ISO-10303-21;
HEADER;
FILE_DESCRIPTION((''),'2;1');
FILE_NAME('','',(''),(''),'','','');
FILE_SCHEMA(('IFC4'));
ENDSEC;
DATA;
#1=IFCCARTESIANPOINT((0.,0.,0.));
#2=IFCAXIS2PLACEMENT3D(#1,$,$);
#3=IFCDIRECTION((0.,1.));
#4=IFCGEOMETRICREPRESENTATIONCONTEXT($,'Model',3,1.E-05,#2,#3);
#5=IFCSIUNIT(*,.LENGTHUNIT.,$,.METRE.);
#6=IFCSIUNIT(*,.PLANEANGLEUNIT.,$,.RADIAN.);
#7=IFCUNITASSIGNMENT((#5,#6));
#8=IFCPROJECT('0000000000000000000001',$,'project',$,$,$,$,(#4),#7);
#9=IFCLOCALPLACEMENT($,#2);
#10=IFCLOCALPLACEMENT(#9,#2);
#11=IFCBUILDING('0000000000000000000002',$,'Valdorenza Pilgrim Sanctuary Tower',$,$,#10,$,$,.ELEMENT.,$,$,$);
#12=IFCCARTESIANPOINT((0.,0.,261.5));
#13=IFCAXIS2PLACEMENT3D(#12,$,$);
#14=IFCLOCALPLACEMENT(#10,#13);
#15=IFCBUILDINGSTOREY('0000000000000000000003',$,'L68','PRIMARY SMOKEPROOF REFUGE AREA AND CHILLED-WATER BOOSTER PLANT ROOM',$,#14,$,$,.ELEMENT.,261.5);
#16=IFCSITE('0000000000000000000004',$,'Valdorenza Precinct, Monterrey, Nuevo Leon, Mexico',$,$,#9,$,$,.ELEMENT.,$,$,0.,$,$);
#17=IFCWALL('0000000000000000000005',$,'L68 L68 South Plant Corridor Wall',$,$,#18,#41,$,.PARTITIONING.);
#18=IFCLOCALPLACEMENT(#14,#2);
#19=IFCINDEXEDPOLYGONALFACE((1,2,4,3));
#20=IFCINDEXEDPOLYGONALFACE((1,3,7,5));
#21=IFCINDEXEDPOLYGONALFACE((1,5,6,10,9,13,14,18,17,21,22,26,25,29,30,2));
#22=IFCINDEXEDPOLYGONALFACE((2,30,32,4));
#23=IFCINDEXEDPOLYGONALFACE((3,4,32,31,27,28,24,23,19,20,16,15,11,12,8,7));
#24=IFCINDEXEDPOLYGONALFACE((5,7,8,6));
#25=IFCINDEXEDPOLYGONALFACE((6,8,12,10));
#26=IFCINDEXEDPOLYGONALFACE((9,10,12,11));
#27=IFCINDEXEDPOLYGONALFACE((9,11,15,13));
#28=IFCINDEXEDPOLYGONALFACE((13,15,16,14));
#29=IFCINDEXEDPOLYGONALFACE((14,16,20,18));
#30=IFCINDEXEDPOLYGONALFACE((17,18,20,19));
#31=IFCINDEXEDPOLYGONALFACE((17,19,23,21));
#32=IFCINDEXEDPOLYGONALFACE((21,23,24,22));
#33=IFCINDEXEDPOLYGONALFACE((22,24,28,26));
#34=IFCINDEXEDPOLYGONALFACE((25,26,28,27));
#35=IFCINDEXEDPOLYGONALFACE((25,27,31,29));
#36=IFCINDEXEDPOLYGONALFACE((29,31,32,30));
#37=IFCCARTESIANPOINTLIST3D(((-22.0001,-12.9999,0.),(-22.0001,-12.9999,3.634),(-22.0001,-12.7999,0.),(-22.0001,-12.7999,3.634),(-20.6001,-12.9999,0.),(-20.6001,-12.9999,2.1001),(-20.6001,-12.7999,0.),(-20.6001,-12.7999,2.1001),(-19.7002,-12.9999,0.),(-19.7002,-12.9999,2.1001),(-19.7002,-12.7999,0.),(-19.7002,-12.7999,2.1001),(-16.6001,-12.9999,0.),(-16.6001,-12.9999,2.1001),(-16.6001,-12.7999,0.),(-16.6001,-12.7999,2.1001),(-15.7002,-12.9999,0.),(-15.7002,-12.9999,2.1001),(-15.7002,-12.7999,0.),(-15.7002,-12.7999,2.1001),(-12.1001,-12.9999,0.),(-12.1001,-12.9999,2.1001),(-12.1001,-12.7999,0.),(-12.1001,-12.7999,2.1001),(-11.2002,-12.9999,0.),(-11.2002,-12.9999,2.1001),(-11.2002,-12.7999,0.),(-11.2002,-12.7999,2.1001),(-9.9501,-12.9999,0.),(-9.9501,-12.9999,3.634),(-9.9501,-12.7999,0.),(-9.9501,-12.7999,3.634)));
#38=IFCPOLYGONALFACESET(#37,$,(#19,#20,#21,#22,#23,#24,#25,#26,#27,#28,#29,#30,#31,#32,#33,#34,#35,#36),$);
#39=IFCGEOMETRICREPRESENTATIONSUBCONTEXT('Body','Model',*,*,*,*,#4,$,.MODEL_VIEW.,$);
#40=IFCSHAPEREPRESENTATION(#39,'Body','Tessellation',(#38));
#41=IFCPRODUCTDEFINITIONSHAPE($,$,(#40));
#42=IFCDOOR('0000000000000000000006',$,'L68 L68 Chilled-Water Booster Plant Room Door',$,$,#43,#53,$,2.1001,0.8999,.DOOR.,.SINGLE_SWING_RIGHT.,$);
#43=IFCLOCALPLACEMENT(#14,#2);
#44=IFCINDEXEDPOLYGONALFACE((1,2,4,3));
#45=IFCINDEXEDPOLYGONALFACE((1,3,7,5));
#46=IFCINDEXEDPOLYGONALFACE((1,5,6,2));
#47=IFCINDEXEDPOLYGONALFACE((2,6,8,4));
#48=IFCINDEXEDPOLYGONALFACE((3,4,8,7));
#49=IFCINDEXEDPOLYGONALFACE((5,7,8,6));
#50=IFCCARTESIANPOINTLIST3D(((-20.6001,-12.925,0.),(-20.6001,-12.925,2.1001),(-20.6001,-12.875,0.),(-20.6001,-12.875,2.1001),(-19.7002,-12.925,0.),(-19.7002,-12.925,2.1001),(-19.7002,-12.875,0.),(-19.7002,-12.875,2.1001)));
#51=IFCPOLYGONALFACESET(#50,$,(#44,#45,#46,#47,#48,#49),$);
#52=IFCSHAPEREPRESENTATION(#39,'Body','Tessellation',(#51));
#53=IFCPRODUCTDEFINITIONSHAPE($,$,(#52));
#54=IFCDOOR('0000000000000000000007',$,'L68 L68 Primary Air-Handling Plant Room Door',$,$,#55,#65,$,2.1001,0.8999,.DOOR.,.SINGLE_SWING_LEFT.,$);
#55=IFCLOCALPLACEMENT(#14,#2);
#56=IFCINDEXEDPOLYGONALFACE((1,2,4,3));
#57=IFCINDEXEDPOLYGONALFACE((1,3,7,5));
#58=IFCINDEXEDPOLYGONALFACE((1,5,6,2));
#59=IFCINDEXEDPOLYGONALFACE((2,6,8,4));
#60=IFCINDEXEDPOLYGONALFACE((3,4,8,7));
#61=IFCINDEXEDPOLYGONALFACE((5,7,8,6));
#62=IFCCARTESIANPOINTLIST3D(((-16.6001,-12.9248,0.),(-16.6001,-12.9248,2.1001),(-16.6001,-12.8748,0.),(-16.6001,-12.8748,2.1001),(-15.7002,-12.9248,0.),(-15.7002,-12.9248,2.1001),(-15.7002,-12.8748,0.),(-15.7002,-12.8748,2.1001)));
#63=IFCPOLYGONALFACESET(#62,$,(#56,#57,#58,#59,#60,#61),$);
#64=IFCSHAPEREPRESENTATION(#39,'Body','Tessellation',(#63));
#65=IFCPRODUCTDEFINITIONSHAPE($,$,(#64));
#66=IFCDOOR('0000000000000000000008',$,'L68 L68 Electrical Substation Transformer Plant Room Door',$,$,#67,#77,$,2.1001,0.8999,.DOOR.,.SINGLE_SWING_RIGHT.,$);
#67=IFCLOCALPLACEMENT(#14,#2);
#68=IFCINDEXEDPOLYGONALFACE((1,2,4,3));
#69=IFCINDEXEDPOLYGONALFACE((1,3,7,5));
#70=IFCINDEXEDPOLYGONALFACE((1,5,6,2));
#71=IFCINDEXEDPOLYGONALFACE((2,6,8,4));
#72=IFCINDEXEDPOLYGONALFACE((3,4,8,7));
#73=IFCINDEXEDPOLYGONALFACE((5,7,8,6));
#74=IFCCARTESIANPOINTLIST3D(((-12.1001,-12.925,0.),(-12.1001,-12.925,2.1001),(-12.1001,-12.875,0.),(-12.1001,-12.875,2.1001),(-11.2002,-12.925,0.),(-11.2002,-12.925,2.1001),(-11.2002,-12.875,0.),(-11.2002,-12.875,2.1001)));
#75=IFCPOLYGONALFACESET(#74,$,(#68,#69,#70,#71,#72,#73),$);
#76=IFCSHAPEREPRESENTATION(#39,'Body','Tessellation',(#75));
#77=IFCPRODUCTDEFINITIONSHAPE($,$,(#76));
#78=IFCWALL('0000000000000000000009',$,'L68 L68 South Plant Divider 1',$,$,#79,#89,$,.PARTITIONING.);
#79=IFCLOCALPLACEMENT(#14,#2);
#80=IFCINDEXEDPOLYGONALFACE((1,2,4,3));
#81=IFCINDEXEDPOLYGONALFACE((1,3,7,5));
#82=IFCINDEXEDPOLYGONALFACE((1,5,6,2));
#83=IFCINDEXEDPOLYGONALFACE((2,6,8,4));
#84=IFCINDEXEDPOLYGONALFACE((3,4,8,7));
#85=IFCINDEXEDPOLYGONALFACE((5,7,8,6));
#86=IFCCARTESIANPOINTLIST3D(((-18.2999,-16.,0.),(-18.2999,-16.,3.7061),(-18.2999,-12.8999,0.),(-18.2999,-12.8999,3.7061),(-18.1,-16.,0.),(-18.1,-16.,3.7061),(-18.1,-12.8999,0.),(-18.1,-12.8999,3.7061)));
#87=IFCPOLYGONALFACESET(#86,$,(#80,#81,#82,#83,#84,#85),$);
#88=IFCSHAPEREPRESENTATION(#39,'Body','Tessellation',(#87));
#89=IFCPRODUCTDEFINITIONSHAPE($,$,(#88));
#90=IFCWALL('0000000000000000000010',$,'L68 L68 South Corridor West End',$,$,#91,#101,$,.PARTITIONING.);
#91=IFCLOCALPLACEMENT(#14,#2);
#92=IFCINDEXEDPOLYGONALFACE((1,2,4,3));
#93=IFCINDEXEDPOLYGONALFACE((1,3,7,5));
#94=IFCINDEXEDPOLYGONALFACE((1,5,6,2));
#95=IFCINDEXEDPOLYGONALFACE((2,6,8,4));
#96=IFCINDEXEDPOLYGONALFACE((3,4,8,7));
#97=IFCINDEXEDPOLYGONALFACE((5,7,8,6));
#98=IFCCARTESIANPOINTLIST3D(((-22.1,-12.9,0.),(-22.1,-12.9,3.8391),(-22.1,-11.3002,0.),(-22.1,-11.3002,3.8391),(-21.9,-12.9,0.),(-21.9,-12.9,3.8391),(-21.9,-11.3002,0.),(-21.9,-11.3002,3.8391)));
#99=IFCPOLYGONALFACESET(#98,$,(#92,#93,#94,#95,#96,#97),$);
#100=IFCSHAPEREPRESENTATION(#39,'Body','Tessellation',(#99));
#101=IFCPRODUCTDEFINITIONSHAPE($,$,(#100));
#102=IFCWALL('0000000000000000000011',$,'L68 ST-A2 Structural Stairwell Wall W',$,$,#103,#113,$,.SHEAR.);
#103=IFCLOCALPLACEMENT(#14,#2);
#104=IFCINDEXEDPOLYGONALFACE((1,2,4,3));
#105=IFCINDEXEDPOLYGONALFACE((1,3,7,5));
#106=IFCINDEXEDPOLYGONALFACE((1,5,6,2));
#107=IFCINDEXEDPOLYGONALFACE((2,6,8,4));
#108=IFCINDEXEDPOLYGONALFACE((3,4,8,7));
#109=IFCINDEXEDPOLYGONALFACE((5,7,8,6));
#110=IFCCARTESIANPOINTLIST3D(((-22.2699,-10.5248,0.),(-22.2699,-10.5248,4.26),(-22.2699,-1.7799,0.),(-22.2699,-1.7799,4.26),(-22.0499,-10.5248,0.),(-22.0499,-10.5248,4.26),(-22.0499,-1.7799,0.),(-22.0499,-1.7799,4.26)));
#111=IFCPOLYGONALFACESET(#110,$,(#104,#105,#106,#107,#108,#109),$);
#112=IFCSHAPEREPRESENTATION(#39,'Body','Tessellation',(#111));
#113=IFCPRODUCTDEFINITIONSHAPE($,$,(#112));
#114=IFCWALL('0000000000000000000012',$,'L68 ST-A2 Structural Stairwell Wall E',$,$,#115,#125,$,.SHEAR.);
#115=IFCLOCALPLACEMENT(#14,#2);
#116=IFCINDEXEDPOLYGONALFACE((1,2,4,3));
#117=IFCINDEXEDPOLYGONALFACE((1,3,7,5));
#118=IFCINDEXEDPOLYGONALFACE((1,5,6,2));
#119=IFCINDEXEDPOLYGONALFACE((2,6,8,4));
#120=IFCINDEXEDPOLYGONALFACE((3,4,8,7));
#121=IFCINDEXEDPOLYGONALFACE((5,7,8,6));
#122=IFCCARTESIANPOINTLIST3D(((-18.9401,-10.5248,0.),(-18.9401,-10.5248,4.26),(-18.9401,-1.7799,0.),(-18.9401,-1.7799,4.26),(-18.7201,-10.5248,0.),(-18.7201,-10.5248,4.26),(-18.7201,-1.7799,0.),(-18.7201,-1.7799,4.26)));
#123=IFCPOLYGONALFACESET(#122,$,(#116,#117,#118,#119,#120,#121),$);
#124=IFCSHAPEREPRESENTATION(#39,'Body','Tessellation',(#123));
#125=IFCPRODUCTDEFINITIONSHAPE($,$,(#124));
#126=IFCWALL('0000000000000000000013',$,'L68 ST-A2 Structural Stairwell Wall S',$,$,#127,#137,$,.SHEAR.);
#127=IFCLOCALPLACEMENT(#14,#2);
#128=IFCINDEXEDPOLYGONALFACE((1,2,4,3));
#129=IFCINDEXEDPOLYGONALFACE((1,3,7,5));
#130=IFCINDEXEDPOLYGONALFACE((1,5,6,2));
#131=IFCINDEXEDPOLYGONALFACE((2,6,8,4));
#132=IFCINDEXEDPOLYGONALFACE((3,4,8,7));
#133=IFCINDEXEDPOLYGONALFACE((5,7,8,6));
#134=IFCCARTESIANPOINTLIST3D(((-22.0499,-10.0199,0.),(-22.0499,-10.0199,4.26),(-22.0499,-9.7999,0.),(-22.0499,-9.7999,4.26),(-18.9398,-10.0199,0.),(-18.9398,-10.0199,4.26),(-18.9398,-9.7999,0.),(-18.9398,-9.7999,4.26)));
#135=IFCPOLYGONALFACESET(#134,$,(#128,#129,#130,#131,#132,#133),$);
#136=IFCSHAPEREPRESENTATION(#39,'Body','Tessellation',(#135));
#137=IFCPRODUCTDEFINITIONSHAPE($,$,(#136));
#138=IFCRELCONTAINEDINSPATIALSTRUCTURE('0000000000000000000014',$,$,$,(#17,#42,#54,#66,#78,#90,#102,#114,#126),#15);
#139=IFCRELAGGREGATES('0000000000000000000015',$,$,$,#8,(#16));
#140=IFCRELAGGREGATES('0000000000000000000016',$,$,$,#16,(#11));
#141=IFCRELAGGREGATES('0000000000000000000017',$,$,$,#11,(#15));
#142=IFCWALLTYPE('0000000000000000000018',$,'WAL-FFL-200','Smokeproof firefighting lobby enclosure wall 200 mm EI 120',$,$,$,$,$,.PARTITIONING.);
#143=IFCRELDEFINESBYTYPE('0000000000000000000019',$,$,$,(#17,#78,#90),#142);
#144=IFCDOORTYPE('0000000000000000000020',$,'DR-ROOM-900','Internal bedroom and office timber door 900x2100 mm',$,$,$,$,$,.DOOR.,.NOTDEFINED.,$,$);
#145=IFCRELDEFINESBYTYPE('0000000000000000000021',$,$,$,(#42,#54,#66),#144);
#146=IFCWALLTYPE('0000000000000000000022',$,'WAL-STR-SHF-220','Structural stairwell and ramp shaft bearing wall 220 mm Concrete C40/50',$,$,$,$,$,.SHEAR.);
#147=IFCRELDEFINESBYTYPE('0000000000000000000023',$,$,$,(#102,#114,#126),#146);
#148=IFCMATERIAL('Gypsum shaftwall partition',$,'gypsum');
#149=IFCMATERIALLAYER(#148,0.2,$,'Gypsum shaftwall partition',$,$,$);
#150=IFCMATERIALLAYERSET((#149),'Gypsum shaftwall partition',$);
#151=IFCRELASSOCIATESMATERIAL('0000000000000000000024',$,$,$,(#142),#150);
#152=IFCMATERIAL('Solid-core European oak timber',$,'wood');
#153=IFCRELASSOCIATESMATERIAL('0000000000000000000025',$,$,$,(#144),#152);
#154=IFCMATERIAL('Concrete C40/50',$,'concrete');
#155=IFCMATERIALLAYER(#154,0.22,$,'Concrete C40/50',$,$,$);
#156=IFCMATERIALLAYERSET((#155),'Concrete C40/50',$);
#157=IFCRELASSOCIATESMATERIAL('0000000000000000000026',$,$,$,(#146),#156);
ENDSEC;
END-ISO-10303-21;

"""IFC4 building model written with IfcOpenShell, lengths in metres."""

from ifc_helpers import new_model, si_unit, direction, frame, frame_2d, origin, place, context, subcontext, project, spatial, rectangle, extrude, material, layer, layer_set, type_object, element, fill, save


model = new_model("IFC4")

# Units and contexts
model_context = context("Model", 3, precision=1e-05, world=origin(), true_north=direction((0.0, 1.0)))
body_context = subcontext(model_context, "Body", "Model", "MODEL_VIEW")
ifc_project = project(units=[si_unit("LENGTHUNIT", "METRE"), si_unit("PLANEANGLEUNIT", "RADIAN")], contexts=[model_context])

# Site, building, storey
site_placement = place(None, origin())
site = spatial("IfcSite", under=ifc_project, at=site_placement, Name="Valdorenza Precinct, Monterrey, Nuevo Leon, Mexico", CompositionType="ELEMENT", RefElevation=0.0)
building_placement = place(site_placement, origin())
building = spatial("IfcBuilding", under=site, at=building_placement, Name="Valdorenza Pilgrim Sanctuary Tower", CompositionType="ELEMENT")
storey_placement = place(building_placement, frame((0.0, 0.0, 261.5)))
storey = spatial("IfcBuildingStorey", under=building, at=storey_placement, Name="L68", Description="PRIMARY SMOKEPROOF REFUGE AREA AND CHILLED-WATER BOOSTER PLANT ROOM", CompositionType="ELEMENT", Elevation=261.5)

# Wall, openings, doors
ifc_material_1 = material(Name="Gypsum shaftwall partition", Category="gypsum")
ifc_layer_1 = layer(ifc_material_1, 0.2, Name="Gypsum shaftwall partition")
ifc_layer_set_1 = layer_set([ifc_layer_1], Name="Gypsum shaftwall partition")
wall_type_1 = type_object("IfcWallType", Name="WAL-FFL-200", Description="Smokeproof firefighting lobby enclosure wall 200 mm EI 120", PredefinedType="PARTITIONING", material=ifc_layer_set_1)
wall_1_placement = place(storey_placement, frame((-22.0, -12.8999, 0.0), z_axis=(0.0, 0.0, 1.0), x_axis=(1.0, 0.0, 0.0)))
wall_1 = element("IfcWall", 1, at=wall_1_placement, inside=storey, type_object=wall_type_1, Name="L68 L68 South Plant Corridor Wall", PredefinedType="PARTITIONING", context=body_context, shape_type="SweptSolid", body=[
    extrude(rectangle(XDim=12.05, YDim=0.2, at=frame_2d((6.0249, 0.0))), origin(), (0.0, 0.0, 1.0), 3.634),
])
opening_1_placement = place(wall_1_placement, frame((1.3999, 0.0, 0.0)))
opening_1 = element("IfcOpeningElement", 2, at=opening_1_placement, cuts=wall_1, PredefinedType="OPENING", context=body_context, shape_type="SweptSolid", body=[
    extrude(rectangle(XDim=0.8999, YDim=2.1001, at=frame_2d((0.45, 1.05))), frame((0.0, 0.1147, 0.0), z_axis=(0.0, -1.0, 0.0), x_axis=(1.0, 0.0, 0.0)), (0.0, 0.0, 1.0), 0.2297),
])
opening_2_placement = place(wall_1_placement, frame((5.3999, 0.0, 0.0)))
opening_2 = element("IfcOpeningElement", 3, at=opening_2_placement, cuts=wall_1, PredefinedType="OPENING", context=body_context, shape_type="SweptSolid", body=[
    extrude(rectangle(XDim=0.8999, YDim=2.1001, at=frame_2d((0.45, 1.05))), frame((0.0, 0.1147, 0.0), z_axis=(0.0, -1.0, 0.0), x_axis=(1.0, 0.0, 0.0)), (0.0, 0.0, 1.0), 0.2297),
])
opening_3_placement = place(wall_1_placement, frame((9.8999, 0.0, 0.0)))
opening_3 = element("IfcOpeningElement", 4, at=opening_3_placement, cuts=wall_1, PredefinedType="OPENING", context=body_context, shape_type="SweptSolid", body=[
    extrude(rectangle(XDim=0.8999, YDim=2.1001, at=frame_2d((0.45, 1.05))), frame((0.0, 0.1147, 0.0), z_axis=(0.0, -1.0, 0.0), x_axis=(1.0, 0.0, 0.0)), (0.0, 0.0, 1.0), 0.2297),
])
ifc_material_2 = material(Name="Solid-core European oak timber", Category="wood")
door_type = type_object("IfcDoorType", Name="DR-ROOM-900", Description="Internal bedroom and office timber door 900x2100 mm", OperationType="NOTDEFINED", PredefinedType="DOOR", material=ifc_material_2)
door_1_placement = place(opening_1_placement, origin())
door_1 = element("IfcDoor", 5, at=door_1_placement, inside=storey, type_object=door_type, Name="L68 L68 Chilled-Water Booster Plant Room Door", OperationType="SINGLE_SWING_RIGHT", OverallHeight=2.1001, OverallWidth=0.8999, PredefinedType="DOOR", context=body_context, shape_type="SweptSolid", body=[
    extrude(rectangle(XDim=0.8999, YDim=2.1001, at=frame_2d((0.45, 1.05))), frame((0.0, 0.0249, 0.0), z_axis=(0.0, -1.0, 0.0), x_axis=(1.0, 0.0, 0.0)), (0.0, 0.0, 1.0), 0.05),
])
fill(opening_1, door_1)
door_2_placement = place(opening_2_placement, frame((0.8999, 0.0, 0.0), z_axis=(0.0, 0.0, 1.0), x_axis=(-1.0, 0.0, 0.0)))
door_2 = element("IfcDoor", 6, at=door_2_placement, inside=storey, type_object=door_type, Name="L68 L68 Primary Air-Handling Plant Room Door", OperationType="SINGLE_SWING_LEFT", OverallHeight=2.1001, OverallWidth=0.8999, PredefinedType="DOOR", context=body_context, shape_type="SweptSolid", body=[
    extrude(rectangle(XDim=0.8999, YDim=2.1001, at=frame_2d((0.45, 1.05))), frame((0.0, 0.0249, 0.0), z_axis=(0.0, -1.0, 0.0), x_axis=(1.0, 0.0, 0.0)), (0.0, 0.0, 1.0), 0.05),
])
fill(opening_2, door_2)
door_3_placement = place(opening_3_placement, origin())
door_3 = element("IfcDoor", 7, at=door_3_placement, inside=storey, type_object=door_type, Name="L68 L68 Electrical Substation Transformer Plant Room Door", OperationType="SINGLE_SWING_RIGHT", OverallHeight=2.1001, OverallWidth=0.8999, PredefinedType="DOOR", context=body_context, shape_type="SweptSolid", body=[
    extrude(rectangle(XDim=0.8999, YDim=2.1001, at=frame_2d((0.45, 1.05))), frame((0.0, 0.0249, 0.0), z_axis=(0.0, -1.0, 0.0), x_axis=(1.0, 0.0, 0.0)), (0.0, 0.0, 1.0), 0.05),
])
fill(opening_3, door_3)

# Walls
wall_2_placement = place(storey_placement, frame((-18.2, -16.0, 0.0), z_axis=(0.0, 0.0, 1.0), x_axis=(0.0, 1.0, 0.0)))
element("IfcWall", 8, at=wall_2_placement, inside=storey, type_object=wall_type_1, Name="L68 L68 South Plant Divider 1", PredefinedType="PARTITIONING", context=body_context, shape_type="SweptSolid", body=[
    extrude(rectangle(XDim=3.1001, YDim=0.2, at=frame_2d((1.55, 0.0))), origin(), (0.0, 0.0, 1.0), 3.7061),
])
wall_3_placement = place(storey_placement, frame((-22.0, -12.8999, 0.0), z_axis=(0.0, 0.0, 1.0), x_axis=(0.0, 1.0, 0.0)))
element("IfcWall", 9, at=wall_3_placement, inside=storey, type_object=wall_type_1, Name="L68 L68 South Corridor West End", PredefinedType="PARTITIONING", context=body_context, shape_type="SweptSolid", body=[
    extrude(rectangle(XDim=1.5999, YDim=0.2, at=frame_2d((0.7998, 0.0))), origin(), (0.0, 0.0, 1.0), 3.8391),
])
ifc_material_3 = material(Name="Concrete C40/50", Category="concrete")
ifc_layer_2 = layer(ifc_material_3, 0.22, Name="Concrete C40/50")
ifc_layer_set_2 = layer_set([ifc_layer_2], Name="Concrete C40/50")
wall_type_2 = type_object("IfcWallType", Name="WAL-STR-SHF-220", Description="Structural stairwell and ramp shaft bearing wall 220 mm Concrete C40/50", PredefinedType="SHEAR", material=ifc_layer_set_2)
for number, where, z_axis, x_axis, name in (
    (10, (-22.1599, -10.5249, 0.0), (0.0, 0.0, 1.0), (0.0, 1.0, 0.0), "L68 ST-A2 Structural Stairwell Wall W"),
    (11, (-18.8301, -10.5249, 0.0), (0.0, 0.0, 1.0), (0.0, 1.0, 0.0), "L68 ST-A2 Structural Stairwell Wall E"),
):
    element("IfcWall", number, at=place(storey_placement, frame(where, z_axis=z_axis, x_axis=x_axis)), inside=storey, type_object=wall_type_2, Name=name, PredefinedType="SHEAR", context=body_context, shape_type="SweptSolid", body=[
        extrude(rectangle(XDim=8.7449, YDim=0.22, at=frame_2d((4.3726, 0.0))), origin(), (0.0, 0.0, 1.0), 4.26),
    ])
wall_4_placement = place(storey_placement, frame((-22.05, -9.9099, 0.0), z_axis=(0.0, 0.0, 1.0), x_axis=(1.0, 0.0, 0.0)))
element("IfcWall", 12, at=wall_4_placement, inside=storey, type_object=wall_type_2, Name="L68 ST-A2 Structural Stairwell Wall S", PredefinedType="SHEAR", context=body_context, shape_type="SweptSolid", body=[
    extrude(rectangle(XDim=3.1101, YDim=0.22, at=frame_2d((1.5552, 0.0))), origin(), (0.0, 0.0, 1.0), 4.26),
])

save(model, "model.ifc")
